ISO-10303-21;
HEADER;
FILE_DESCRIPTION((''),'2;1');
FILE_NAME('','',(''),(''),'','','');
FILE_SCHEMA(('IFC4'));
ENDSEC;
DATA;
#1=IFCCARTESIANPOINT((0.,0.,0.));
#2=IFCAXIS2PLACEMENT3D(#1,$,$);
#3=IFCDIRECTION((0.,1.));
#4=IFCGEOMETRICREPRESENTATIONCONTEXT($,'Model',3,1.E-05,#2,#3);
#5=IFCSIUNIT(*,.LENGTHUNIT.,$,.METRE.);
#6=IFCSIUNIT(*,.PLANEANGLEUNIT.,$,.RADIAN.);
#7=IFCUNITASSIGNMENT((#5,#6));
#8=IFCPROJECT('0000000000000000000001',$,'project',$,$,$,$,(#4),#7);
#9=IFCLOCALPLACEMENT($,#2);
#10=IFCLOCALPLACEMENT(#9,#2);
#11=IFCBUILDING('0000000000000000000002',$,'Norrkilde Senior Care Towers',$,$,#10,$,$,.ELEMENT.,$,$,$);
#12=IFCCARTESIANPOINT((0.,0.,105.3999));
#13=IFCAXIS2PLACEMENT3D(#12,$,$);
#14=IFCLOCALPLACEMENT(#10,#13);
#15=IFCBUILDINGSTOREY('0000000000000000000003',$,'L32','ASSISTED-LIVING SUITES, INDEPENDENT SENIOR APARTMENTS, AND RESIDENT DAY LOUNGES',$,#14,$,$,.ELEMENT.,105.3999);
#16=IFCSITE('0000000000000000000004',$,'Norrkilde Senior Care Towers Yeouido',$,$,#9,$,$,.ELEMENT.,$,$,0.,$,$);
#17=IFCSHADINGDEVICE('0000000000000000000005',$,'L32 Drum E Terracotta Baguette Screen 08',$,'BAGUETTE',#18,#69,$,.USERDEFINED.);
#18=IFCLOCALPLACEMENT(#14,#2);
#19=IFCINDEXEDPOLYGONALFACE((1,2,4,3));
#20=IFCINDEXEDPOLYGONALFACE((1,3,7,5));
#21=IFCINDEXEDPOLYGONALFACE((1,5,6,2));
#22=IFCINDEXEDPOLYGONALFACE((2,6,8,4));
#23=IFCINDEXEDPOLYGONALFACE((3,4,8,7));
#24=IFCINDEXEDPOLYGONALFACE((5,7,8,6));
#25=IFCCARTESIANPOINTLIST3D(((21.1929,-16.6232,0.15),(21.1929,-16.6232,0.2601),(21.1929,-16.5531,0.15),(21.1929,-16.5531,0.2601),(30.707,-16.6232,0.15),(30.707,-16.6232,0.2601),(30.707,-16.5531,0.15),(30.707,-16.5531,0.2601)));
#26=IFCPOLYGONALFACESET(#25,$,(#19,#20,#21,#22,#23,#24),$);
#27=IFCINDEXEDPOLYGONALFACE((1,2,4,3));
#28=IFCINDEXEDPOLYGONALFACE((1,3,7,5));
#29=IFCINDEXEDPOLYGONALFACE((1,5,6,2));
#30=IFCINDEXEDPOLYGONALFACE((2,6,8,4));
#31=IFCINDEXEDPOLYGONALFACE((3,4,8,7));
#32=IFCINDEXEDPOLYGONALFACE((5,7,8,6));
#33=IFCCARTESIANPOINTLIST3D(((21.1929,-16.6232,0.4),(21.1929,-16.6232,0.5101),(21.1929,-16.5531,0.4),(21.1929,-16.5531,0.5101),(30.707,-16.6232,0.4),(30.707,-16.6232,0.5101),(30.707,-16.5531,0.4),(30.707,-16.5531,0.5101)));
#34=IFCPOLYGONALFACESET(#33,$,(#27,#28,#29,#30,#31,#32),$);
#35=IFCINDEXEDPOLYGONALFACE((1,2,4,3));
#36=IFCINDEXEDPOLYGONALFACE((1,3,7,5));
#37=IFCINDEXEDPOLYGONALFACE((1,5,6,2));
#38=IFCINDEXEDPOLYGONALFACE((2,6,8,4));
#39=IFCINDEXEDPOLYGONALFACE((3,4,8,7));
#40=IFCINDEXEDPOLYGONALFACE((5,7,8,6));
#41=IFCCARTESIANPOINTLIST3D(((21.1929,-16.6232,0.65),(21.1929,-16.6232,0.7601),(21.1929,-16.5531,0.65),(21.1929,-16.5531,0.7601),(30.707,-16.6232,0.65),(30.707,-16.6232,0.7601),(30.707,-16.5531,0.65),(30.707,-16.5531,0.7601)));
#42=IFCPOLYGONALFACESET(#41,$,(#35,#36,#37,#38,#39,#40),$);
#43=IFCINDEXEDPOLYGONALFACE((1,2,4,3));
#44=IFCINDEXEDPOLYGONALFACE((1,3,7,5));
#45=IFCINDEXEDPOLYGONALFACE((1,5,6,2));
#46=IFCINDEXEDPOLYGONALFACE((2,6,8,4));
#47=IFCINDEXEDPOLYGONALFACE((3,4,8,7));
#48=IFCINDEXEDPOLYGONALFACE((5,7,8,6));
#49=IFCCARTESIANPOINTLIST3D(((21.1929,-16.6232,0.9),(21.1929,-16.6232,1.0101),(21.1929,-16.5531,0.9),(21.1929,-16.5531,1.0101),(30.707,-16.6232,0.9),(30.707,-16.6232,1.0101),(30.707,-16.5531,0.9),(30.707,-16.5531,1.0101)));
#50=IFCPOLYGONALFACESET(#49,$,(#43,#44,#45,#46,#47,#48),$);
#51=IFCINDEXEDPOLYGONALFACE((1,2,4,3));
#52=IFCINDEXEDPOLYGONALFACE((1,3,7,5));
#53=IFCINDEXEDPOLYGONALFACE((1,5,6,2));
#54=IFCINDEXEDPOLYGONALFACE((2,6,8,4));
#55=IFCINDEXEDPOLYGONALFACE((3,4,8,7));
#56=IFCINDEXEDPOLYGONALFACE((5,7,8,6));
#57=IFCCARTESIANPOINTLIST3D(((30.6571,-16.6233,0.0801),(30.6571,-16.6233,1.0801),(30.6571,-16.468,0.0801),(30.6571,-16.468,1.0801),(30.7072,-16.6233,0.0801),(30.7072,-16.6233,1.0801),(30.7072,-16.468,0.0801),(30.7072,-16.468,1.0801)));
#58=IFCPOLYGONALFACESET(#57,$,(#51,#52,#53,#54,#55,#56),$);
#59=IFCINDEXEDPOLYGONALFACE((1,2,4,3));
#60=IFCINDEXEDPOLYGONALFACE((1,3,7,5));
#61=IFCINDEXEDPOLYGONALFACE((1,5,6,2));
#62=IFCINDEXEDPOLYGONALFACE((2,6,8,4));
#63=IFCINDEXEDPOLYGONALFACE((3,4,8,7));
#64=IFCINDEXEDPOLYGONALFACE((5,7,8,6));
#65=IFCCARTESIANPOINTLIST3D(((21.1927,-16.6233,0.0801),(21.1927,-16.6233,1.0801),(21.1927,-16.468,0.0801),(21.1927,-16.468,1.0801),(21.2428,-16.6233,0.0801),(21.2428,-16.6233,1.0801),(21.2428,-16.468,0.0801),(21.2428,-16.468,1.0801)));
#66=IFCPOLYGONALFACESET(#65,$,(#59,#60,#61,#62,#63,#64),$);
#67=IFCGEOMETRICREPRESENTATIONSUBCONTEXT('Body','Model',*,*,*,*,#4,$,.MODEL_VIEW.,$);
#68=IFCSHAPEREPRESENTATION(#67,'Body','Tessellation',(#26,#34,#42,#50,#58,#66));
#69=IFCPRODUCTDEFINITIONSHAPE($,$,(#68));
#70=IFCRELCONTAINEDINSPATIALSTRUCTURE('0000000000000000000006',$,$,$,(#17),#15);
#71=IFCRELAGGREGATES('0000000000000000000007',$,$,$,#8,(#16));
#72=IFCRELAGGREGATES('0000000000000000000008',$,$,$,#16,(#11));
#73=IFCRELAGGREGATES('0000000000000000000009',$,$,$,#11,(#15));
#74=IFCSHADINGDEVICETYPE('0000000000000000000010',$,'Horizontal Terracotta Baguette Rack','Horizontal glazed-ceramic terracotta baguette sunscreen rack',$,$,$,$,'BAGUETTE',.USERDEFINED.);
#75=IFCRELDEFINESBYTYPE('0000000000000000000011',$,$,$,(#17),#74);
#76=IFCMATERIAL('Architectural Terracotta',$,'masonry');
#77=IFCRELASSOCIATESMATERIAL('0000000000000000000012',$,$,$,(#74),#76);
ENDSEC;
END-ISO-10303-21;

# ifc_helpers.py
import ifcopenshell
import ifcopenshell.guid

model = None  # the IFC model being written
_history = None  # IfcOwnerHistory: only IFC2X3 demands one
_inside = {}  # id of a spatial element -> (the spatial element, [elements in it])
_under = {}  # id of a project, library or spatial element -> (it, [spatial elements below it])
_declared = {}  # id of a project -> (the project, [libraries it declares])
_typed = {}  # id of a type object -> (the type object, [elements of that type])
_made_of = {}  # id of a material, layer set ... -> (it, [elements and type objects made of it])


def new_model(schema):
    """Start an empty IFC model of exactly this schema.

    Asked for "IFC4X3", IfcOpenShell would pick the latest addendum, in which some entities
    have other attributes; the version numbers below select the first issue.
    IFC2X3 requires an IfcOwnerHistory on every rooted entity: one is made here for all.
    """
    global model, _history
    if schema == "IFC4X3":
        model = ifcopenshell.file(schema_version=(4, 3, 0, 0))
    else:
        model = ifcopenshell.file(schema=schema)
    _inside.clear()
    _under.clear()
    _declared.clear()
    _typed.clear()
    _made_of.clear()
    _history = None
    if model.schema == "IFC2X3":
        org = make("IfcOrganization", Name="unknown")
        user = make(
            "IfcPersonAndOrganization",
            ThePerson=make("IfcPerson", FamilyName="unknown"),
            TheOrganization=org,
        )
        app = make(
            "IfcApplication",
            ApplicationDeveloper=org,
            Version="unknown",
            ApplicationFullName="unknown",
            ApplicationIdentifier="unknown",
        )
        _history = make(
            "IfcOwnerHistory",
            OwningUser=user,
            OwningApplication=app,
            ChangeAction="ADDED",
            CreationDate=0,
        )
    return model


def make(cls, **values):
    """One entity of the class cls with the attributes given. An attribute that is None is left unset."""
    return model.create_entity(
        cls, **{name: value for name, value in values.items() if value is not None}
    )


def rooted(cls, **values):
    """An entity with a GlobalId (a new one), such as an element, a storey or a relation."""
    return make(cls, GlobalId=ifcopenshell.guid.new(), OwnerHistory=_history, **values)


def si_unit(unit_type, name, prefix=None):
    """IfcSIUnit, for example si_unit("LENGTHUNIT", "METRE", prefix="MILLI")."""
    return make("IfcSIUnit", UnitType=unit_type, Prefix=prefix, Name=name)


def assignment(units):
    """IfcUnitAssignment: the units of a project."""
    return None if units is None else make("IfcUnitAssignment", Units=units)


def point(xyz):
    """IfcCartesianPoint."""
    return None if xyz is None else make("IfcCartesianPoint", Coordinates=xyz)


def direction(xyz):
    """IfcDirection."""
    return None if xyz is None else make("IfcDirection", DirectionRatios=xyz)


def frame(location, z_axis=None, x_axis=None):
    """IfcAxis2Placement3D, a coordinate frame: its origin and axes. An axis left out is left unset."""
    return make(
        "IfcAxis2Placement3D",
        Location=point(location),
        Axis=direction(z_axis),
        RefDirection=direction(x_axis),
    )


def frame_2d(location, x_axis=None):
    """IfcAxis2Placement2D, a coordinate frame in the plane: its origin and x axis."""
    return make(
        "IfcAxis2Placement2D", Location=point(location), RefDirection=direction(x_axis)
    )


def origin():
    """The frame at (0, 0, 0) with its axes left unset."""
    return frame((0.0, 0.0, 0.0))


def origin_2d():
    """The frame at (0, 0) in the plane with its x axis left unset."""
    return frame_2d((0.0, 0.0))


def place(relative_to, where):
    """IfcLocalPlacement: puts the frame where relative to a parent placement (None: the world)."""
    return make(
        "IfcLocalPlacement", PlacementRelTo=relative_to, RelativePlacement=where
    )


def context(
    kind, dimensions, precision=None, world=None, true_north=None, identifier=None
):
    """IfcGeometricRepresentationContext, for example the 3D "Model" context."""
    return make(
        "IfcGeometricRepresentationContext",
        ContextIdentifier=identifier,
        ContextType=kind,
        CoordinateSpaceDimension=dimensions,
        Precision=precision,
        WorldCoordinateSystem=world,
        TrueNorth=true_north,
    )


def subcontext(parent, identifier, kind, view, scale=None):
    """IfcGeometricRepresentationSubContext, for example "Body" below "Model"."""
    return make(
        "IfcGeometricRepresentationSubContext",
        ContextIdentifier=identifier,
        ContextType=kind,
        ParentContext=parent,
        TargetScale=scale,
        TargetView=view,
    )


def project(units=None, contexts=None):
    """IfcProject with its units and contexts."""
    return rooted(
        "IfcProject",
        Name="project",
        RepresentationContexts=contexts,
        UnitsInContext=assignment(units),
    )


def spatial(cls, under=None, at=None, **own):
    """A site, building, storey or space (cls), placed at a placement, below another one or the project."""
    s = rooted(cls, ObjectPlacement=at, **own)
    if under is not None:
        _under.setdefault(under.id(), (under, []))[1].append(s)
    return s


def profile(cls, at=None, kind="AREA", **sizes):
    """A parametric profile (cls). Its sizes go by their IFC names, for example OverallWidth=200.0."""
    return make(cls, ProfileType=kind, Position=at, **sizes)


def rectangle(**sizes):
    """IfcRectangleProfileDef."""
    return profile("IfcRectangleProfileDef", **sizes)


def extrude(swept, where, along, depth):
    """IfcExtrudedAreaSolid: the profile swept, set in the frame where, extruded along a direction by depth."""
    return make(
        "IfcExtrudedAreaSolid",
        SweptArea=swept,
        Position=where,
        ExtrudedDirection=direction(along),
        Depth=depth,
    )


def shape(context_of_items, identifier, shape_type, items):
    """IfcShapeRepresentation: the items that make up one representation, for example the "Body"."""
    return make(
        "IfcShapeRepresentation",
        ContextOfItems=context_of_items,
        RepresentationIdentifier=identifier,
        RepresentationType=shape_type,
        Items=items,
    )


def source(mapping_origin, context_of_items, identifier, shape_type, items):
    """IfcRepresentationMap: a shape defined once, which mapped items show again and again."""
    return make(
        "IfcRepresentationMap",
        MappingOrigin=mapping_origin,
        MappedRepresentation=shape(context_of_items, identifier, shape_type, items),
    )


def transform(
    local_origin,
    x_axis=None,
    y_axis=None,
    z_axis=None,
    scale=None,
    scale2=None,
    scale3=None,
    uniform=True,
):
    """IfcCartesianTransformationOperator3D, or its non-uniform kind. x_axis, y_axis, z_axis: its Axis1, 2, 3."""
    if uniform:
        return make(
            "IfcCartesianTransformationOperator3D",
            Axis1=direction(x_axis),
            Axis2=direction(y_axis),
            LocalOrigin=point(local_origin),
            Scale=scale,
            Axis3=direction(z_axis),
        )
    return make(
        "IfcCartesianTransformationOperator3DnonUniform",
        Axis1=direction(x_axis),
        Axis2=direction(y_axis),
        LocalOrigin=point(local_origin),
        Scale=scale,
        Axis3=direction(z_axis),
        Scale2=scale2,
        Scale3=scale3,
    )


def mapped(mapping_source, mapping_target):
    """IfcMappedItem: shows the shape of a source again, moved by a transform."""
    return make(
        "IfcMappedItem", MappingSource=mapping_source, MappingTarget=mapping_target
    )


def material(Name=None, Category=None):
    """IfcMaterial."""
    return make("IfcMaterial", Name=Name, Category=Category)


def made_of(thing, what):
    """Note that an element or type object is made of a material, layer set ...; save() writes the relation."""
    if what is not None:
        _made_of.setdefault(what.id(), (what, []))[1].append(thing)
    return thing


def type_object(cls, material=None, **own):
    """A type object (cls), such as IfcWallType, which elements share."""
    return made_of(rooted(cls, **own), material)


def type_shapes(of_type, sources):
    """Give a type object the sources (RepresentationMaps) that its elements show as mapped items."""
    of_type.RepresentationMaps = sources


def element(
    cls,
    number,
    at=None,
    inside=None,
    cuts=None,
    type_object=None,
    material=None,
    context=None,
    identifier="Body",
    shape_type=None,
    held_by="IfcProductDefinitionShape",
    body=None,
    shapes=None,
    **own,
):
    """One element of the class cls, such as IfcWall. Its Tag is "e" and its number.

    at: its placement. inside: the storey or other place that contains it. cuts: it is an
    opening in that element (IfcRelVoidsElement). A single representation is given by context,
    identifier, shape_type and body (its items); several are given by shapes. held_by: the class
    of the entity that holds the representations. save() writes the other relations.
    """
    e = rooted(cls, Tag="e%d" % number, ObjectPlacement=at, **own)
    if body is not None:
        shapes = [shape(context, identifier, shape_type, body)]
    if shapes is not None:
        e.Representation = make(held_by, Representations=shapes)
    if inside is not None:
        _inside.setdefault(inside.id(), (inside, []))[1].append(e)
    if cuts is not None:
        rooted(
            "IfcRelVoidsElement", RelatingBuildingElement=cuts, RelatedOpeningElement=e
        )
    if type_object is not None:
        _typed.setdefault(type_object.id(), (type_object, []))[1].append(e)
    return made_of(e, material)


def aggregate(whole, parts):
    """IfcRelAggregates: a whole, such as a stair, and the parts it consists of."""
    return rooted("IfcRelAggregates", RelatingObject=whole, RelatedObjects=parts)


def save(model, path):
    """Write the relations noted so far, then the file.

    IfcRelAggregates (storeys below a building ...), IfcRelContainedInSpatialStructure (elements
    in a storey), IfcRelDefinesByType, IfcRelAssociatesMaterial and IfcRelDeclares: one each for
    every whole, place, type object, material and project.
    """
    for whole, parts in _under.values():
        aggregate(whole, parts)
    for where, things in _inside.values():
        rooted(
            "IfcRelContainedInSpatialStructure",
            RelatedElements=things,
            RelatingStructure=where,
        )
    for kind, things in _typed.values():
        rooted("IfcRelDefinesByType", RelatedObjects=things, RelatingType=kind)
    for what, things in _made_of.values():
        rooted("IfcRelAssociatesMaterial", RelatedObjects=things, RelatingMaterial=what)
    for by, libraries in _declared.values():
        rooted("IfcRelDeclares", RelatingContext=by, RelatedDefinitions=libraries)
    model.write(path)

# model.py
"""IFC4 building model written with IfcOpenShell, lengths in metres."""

from ifc_helpers import new_model, si_unit, direction, frame, origin, origin_2d, place, context, subcontext, project, spatial, rectangle, extrude, source, transform, mapped, material, type_object, type_shapes, element, save


model = new_model("IFC4")

# Units and contexts
model_context = context("Model", 3, precision=1e-05, world=origin(), true_north=direction((0.0, 1.0)))
body_context = subcontext(model_context, "Body", "Model", "MODEL_VIEW")
ifc_project = project(units=[si_unit("LENGTHUNIT", "METRE"), si_unit("PLANEANGLEUNIT", "RADIAN")], contexts=[model_context])

# Site, building, storey
site_placement = place(None, origin())
site = spatial("IfcSite", under=ifc_project, at=site_placement, Name="Norrkilde Senior Care Towers Yeouido", CompositionType="ELEMENT", RefElevation=0.0)
building_placement = place(site_placement, origin())
building = spatial("IfcBuilding", under=site, at=building_placement, Name="Norrkilde Senior Care Towers", CompositionType="ELEMENT")
storey_placement = place(building_placement, frame((0.0, 0.0, 105.3999)))
storey = spatial("IfcBuildingStorey", under=building, at=storey_placement, Name="L32", Description="ASSISTED-LIVING SUITES, INDEPENDENT SENIOR APARTMENTS, AND RESIDENT DAY LOUNGES", CompositionType="ELEMENT", Elevation=105.3999)

# Shading device
ifc_material_1 = material(Name="Architectural Terracotta", Category="masonry")
shading_device_type = type_object("IfcShadingDeviceType", Name="Horizontal Terracotta Baguette Rack", Description="Horizontal glazed-ceramic terracotta baguette sunscreen rack", ElementType="BAGUETTE", PredefinedType="USERDEFINED", material=ifc_material_1)
shared_shape_1 = source(origin(), body_context, "Body", "SweptSolid", [
    extrude(rectangle(XDim=0.0701, YDim=0.1101, at=origin_2d()), frame((0.0, 0.0901, 0.125), z_axis=(1.0, 0.0, 0.0), x_axis=(0.0, 1.0, 0.0)), (0.0, 0.0, 1.0), 9.5142),
    extrude(rectangle(XDim=0.0701, YDim=0.1101, at=origin_2d()), frame((0.0, 0.0901, 0.375), z_axis=(1.0, 0.0, 0.0), x_axis=(0.0, 1.0, 0.0)), (0.0, 0.0, 1.0), 9.5142),
    extrude(rectangle(XDim=0.0701, YDim=0.1101, at=origin_2d()), frame((0.0, 0.0901, 0.625), z_axis=(1.0, 0.0, 0.0), x_axis=(0.0, 1.0, 0.0)), (0.0, 0.0, 1.0), 9.5142),
    extrude(rectangle(XDim=0.0701, YDim=0.1101, at=origin_2d()), frame((0.0, 0.0901, 0.875), z_axis=(1.0, 0.0, 0.0), x_axis=(0.0, 1.0, 0.0)), (0.0, 0.0, 1.0), 9.5142),
    extrude(rectangle(XDim=0.05, YDim=0.1553, at=origin_2d()), frame((0.0249, 0.0476, 0.0)), (0.0, 0.0, 1.0), 1.0),
    extrude(rectangle(XDim=0.05, YDim=0.1553, at=origin_2d()), frame((9.4893, 0.0476, 0.0)), (0.0, 0.0, 1.0), 1.0),
])
type_shapes(shading_device_type, [shared_shape_1])
shading_device_placement = place(storey_placement, frame((30.707, -16.498, 0.0801), z_axis=(0.0, 0.0, 1.0), x_axis=(-1.0, 0.0, 0.0)))
element("IfcShadingDevice", 1, at=shading_device_placement, inside=storey, type_object=shading_device_type, Name="L32 Drum E Terracotta Baguette Screen 08", ObjectType="BAGUETTE", PredefinedType="USERDEFINED", context=body_context, shape_type="MappedRepresentation", body=[
    mapped(shared_shape_1, transform((0.0, 0.0, 0.0), x_axis=(1.0, 0.0, 0.0), y_axis=(0.0, 1.0, 0.0), z_axis=(0.0, 0.0, 1.0), scale=1.0)),
])

save(model, "model.ifc")
